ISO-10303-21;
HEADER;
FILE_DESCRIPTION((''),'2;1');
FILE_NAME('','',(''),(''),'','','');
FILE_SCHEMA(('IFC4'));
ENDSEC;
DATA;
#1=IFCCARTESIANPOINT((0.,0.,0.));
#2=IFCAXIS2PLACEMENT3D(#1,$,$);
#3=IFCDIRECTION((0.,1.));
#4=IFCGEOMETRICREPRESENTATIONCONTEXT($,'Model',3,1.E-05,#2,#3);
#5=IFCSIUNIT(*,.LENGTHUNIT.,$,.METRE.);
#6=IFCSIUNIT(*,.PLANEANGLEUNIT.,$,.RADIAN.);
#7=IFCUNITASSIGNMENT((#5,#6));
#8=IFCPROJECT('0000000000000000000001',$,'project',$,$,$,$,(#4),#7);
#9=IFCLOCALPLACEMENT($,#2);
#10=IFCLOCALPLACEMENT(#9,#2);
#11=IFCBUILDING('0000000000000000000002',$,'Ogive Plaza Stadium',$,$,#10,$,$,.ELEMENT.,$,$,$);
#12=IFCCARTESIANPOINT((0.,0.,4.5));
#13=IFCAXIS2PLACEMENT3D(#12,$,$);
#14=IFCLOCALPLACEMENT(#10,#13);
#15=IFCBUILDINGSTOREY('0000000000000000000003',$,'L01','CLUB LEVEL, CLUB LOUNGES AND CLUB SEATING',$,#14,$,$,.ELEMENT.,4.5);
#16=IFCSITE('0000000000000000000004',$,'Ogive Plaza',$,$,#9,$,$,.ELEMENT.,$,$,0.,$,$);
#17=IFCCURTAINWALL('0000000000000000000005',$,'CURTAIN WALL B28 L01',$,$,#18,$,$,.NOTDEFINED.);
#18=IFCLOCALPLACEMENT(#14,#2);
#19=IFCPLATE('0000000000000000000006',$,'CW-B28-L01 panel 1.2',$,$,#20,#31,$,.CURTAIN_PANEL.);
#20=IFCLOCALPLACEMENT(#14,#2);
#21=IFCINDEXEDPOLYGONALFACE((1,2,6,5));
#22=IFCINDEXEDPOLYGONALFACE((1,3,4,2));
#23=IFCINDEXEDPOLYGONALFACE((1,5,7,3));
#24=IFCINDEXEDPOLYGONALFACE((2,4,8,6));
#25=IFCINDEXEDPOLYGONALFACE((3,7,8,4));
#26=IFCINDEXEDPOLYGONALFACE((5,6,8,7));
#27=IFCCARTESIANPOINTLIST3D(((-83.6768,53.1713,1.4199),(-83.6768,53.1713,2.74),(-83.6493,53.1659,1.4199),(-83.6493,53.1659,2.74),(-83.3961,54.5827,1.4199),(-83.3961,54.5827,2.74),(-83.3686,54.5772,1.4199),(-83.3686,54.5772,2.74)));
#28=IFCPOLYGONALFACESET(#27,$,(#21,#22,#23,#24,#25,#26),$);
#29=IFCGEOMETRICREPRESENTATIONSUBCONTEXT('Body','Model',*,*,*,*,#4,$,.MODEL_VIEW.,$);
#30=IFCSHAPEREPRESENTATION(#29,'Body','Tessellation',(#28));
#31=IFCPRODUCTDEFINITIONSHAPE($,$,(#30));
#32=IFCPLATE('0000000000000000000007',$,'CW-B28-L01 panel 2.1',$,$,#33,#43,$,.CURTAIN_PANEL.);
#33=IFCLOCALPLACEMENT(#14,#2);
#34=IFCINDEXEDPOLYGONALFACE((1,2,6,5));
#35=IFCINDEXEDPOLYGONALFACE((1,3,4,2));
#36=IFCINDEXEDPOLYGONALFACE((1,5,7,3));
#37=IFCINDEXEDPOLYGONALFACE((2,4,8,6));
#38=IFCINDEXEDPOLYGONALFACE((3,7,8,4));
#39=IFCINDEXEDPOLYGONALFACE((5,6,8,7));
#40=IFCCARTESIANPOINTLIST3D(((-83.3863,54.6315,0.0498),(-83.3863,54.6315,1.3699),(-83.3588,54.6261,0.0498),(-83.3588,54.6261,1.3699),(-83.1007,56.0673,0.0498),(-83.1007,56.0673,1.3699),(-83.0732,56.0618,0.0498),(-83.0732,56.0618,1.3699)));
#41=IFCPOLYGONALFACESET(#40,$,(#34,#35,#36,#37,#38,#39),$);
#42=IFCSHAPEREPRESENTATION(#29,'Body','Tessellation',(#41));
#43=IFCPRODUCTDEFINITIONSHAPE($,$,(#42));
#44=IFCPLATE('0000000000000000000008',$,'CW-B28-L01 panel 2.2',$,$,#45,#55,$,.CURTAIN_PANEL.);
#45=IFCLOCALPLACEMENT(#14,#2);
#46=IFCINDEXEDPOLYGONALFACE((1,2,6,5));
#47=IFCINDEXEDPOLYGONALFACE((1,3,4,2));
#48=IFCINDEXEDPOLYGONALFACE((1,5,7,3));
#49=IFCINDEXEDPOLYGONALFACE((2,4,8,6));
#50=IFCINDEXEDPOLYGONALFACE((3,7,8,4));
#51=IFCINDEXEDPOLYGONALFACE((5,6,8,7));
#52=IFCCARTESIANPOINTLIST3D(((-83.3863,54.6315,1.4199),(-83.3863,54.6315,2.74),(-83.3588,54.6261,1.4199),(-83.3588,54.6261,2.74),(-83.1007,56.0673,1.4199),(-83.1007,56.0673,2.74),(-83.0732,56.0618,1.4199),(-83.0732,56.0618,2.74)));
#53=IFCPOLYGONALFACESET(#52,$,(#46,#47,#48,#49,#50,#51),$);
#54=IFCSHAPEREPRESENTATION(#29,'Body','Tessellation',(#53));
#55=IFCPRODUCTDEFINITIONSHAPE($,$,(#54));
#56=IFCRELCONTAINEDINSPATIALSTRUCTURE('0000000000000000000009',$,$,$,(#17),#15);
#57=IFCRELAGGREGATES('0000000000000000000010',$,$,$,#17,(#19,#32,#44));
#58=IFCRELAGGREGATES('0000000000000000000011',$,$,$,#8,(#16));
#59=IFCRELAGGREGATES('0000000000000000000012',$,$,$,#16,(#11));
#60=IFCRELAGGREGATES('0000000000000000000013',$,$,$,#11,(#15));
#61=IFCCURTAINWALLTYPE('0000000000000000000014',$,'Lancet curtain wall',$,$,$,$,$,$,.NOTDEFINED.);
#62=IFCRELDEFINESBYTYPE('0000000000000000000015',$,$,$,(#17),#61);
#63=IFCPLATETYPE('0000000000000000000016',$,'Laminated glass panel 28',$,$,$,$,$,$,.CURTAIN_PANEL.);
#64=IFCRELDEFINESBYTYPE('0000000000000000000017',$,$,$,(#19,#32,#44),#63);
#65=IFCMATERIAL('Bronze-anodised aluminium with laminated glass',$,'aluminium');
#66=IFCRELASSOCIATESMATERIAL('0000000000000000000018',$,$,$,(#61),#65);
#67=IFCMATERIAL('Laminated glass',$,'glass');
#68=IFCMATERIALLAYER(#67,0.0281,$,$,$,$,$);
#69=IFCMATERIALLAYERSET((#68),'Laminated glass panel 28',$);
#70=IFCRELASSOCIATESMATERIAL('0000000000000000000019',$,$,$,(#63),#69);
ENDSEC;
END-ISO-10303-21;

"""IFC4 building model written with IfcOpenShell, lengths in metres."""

from ifc_helpers import new_model, si_unit, direction, frame, origin, origin_2d, place, context, subcontext, project, spatial, rectangle, extrude, material, layer, layer_set, type_object, element, aggregate, save


model = new_model("IFC4")

# Units and contexts
model_context = context("Model", 3, precision=1e-05, world=origin(), true_north=direction((0.0, 1.0)))
body_context = subcontext(model_context, "Body", "Model", "MODEL_VIEW")
ifc_project = project(units=[si_unit("LENGTHUNIT", "METRE"), si_unit("PLANEANGLEUNIT", "RADIAN")], contexts=[model_context])

# Site, building, storey
site_placement = place(None, origin())
site = spatial("IfcSite", under=ifc_project, at=site_placement, Name="Ogive Plaza", CompositionType="ELEMENT", RefElevation=0.0)
building_placement = place(site_placement, origin())
building = spatial("IfcBuilding", under=site, at=building_placement, Name="Ogive Plaza Stadium", CompositionType="ELEMENT")
storey_placement = place(building_placement, frame((0.0, 0.0, 4.5)))
storey = spatial("IfcBuildingStorey", under=building, at=storey_placement, Name="L01", Description="CLUB LEVEL, CLUB LOUNGES AND CLUB SEATING", CompositionType="ELEMENT", Elevation=4.5)

# Curtain wall
ifc_material_1 = material(Name="Bronze-anodised aluminium with laminated glass", Category="aluminium")
curtain_wall_type = type_object("IfcCurtainWallType", Name="Lancet curtain wall", PredefinedType="NOTDEFINED", material=ifc_material_1)
curtain_wall_1_placement = place(storey_placement, origin())
curtain_wall_1 = element("IfcCurtainWall", 1, at=curtain_wall_1_placement, inside=storey, type_object=curtain_wall_type, Name="CURTAIN WALL B28 L01", PredefinedType="NOTDEFINED")

# Plates
ifc_material_2 = material(Name="Laminated glass", Category="glass")
ifc_layer = layer(ifc_material_2, 0.0281)
ifc_layer_set = layer_set([ifc_layer], Name="Laminated glass panel 28")
plate_type = type_object("IfcPlateType", Name="Laminated glass panel 28", PredefinedType="CURTAIN_PANEL", material=ifc_layer_set)
plate_1_placement = place(storey_placement, frame((-83.5227, 53.8743, 1.4199), z_axis=(0.0, 0.0, 1.0), x_axis=(0.19509, 0.980785, 0.0)))
plate_1 = element("IfcPlate", 2, at=plate_1_placement, type_object=plate_type, Name="CW-B28-L01 panel 1.2", PredefinedType="CURTAIN_PANEL", context=body_context, shape_type="SweptSolid", body=[
    extrude(rectangle(XDim=1.439, YDim=0.0281, at=origin_2d()), origin(), (0.0, 0.0, 1.0), 1.3201),
])
plate_2_placement = place(storey_placement, frame((-83.2297, 55.3467, 0.0498), z_axis=(0.0, 0.0, 1.0), x_axis=(0.19509, 0.980785, 0.0)))
plate_2 = element("IfcPlate", 3, at=plate_2_placement, type_object=plate_type, Name="CW-B28-L01 panel 2.1", PredefinedType="CURTAIN_PANEL", context=body_context, shape_type="SweptSolid", body=[
    extrude(rectangle(XDim=1.4639, YDim=0.0281, at=origin_2d()), origin(), (0.0, 0.0, 1.0), 1.3201),
])
plate_3_placement = place(storey_placement, frame((-83.2297, 55.3467, 1.4199), z_axis=(0.0, 0.0, 1.0), x_axis=(0.19509, 0.980785, 0.0)))
plate_3 = element("IfcPlate", 4, at=plate_3_placement, type_object=plate_type, Name="CW-B28-L01 panel 2.2", PredefinedType="CURTAIN_PANEL", context=body_context, shape_type="SweptSolid", body=[
    extrude(rectangle(XDim=1.4639, YDim=0.0281, at=origin_2d()), origin(), (0.0, 0.0, 1.0), 1.3201),
])
aggregate(curtain_wall_1, [plate_1, plate_2, plate_3])

save(model, "model.ifc")
